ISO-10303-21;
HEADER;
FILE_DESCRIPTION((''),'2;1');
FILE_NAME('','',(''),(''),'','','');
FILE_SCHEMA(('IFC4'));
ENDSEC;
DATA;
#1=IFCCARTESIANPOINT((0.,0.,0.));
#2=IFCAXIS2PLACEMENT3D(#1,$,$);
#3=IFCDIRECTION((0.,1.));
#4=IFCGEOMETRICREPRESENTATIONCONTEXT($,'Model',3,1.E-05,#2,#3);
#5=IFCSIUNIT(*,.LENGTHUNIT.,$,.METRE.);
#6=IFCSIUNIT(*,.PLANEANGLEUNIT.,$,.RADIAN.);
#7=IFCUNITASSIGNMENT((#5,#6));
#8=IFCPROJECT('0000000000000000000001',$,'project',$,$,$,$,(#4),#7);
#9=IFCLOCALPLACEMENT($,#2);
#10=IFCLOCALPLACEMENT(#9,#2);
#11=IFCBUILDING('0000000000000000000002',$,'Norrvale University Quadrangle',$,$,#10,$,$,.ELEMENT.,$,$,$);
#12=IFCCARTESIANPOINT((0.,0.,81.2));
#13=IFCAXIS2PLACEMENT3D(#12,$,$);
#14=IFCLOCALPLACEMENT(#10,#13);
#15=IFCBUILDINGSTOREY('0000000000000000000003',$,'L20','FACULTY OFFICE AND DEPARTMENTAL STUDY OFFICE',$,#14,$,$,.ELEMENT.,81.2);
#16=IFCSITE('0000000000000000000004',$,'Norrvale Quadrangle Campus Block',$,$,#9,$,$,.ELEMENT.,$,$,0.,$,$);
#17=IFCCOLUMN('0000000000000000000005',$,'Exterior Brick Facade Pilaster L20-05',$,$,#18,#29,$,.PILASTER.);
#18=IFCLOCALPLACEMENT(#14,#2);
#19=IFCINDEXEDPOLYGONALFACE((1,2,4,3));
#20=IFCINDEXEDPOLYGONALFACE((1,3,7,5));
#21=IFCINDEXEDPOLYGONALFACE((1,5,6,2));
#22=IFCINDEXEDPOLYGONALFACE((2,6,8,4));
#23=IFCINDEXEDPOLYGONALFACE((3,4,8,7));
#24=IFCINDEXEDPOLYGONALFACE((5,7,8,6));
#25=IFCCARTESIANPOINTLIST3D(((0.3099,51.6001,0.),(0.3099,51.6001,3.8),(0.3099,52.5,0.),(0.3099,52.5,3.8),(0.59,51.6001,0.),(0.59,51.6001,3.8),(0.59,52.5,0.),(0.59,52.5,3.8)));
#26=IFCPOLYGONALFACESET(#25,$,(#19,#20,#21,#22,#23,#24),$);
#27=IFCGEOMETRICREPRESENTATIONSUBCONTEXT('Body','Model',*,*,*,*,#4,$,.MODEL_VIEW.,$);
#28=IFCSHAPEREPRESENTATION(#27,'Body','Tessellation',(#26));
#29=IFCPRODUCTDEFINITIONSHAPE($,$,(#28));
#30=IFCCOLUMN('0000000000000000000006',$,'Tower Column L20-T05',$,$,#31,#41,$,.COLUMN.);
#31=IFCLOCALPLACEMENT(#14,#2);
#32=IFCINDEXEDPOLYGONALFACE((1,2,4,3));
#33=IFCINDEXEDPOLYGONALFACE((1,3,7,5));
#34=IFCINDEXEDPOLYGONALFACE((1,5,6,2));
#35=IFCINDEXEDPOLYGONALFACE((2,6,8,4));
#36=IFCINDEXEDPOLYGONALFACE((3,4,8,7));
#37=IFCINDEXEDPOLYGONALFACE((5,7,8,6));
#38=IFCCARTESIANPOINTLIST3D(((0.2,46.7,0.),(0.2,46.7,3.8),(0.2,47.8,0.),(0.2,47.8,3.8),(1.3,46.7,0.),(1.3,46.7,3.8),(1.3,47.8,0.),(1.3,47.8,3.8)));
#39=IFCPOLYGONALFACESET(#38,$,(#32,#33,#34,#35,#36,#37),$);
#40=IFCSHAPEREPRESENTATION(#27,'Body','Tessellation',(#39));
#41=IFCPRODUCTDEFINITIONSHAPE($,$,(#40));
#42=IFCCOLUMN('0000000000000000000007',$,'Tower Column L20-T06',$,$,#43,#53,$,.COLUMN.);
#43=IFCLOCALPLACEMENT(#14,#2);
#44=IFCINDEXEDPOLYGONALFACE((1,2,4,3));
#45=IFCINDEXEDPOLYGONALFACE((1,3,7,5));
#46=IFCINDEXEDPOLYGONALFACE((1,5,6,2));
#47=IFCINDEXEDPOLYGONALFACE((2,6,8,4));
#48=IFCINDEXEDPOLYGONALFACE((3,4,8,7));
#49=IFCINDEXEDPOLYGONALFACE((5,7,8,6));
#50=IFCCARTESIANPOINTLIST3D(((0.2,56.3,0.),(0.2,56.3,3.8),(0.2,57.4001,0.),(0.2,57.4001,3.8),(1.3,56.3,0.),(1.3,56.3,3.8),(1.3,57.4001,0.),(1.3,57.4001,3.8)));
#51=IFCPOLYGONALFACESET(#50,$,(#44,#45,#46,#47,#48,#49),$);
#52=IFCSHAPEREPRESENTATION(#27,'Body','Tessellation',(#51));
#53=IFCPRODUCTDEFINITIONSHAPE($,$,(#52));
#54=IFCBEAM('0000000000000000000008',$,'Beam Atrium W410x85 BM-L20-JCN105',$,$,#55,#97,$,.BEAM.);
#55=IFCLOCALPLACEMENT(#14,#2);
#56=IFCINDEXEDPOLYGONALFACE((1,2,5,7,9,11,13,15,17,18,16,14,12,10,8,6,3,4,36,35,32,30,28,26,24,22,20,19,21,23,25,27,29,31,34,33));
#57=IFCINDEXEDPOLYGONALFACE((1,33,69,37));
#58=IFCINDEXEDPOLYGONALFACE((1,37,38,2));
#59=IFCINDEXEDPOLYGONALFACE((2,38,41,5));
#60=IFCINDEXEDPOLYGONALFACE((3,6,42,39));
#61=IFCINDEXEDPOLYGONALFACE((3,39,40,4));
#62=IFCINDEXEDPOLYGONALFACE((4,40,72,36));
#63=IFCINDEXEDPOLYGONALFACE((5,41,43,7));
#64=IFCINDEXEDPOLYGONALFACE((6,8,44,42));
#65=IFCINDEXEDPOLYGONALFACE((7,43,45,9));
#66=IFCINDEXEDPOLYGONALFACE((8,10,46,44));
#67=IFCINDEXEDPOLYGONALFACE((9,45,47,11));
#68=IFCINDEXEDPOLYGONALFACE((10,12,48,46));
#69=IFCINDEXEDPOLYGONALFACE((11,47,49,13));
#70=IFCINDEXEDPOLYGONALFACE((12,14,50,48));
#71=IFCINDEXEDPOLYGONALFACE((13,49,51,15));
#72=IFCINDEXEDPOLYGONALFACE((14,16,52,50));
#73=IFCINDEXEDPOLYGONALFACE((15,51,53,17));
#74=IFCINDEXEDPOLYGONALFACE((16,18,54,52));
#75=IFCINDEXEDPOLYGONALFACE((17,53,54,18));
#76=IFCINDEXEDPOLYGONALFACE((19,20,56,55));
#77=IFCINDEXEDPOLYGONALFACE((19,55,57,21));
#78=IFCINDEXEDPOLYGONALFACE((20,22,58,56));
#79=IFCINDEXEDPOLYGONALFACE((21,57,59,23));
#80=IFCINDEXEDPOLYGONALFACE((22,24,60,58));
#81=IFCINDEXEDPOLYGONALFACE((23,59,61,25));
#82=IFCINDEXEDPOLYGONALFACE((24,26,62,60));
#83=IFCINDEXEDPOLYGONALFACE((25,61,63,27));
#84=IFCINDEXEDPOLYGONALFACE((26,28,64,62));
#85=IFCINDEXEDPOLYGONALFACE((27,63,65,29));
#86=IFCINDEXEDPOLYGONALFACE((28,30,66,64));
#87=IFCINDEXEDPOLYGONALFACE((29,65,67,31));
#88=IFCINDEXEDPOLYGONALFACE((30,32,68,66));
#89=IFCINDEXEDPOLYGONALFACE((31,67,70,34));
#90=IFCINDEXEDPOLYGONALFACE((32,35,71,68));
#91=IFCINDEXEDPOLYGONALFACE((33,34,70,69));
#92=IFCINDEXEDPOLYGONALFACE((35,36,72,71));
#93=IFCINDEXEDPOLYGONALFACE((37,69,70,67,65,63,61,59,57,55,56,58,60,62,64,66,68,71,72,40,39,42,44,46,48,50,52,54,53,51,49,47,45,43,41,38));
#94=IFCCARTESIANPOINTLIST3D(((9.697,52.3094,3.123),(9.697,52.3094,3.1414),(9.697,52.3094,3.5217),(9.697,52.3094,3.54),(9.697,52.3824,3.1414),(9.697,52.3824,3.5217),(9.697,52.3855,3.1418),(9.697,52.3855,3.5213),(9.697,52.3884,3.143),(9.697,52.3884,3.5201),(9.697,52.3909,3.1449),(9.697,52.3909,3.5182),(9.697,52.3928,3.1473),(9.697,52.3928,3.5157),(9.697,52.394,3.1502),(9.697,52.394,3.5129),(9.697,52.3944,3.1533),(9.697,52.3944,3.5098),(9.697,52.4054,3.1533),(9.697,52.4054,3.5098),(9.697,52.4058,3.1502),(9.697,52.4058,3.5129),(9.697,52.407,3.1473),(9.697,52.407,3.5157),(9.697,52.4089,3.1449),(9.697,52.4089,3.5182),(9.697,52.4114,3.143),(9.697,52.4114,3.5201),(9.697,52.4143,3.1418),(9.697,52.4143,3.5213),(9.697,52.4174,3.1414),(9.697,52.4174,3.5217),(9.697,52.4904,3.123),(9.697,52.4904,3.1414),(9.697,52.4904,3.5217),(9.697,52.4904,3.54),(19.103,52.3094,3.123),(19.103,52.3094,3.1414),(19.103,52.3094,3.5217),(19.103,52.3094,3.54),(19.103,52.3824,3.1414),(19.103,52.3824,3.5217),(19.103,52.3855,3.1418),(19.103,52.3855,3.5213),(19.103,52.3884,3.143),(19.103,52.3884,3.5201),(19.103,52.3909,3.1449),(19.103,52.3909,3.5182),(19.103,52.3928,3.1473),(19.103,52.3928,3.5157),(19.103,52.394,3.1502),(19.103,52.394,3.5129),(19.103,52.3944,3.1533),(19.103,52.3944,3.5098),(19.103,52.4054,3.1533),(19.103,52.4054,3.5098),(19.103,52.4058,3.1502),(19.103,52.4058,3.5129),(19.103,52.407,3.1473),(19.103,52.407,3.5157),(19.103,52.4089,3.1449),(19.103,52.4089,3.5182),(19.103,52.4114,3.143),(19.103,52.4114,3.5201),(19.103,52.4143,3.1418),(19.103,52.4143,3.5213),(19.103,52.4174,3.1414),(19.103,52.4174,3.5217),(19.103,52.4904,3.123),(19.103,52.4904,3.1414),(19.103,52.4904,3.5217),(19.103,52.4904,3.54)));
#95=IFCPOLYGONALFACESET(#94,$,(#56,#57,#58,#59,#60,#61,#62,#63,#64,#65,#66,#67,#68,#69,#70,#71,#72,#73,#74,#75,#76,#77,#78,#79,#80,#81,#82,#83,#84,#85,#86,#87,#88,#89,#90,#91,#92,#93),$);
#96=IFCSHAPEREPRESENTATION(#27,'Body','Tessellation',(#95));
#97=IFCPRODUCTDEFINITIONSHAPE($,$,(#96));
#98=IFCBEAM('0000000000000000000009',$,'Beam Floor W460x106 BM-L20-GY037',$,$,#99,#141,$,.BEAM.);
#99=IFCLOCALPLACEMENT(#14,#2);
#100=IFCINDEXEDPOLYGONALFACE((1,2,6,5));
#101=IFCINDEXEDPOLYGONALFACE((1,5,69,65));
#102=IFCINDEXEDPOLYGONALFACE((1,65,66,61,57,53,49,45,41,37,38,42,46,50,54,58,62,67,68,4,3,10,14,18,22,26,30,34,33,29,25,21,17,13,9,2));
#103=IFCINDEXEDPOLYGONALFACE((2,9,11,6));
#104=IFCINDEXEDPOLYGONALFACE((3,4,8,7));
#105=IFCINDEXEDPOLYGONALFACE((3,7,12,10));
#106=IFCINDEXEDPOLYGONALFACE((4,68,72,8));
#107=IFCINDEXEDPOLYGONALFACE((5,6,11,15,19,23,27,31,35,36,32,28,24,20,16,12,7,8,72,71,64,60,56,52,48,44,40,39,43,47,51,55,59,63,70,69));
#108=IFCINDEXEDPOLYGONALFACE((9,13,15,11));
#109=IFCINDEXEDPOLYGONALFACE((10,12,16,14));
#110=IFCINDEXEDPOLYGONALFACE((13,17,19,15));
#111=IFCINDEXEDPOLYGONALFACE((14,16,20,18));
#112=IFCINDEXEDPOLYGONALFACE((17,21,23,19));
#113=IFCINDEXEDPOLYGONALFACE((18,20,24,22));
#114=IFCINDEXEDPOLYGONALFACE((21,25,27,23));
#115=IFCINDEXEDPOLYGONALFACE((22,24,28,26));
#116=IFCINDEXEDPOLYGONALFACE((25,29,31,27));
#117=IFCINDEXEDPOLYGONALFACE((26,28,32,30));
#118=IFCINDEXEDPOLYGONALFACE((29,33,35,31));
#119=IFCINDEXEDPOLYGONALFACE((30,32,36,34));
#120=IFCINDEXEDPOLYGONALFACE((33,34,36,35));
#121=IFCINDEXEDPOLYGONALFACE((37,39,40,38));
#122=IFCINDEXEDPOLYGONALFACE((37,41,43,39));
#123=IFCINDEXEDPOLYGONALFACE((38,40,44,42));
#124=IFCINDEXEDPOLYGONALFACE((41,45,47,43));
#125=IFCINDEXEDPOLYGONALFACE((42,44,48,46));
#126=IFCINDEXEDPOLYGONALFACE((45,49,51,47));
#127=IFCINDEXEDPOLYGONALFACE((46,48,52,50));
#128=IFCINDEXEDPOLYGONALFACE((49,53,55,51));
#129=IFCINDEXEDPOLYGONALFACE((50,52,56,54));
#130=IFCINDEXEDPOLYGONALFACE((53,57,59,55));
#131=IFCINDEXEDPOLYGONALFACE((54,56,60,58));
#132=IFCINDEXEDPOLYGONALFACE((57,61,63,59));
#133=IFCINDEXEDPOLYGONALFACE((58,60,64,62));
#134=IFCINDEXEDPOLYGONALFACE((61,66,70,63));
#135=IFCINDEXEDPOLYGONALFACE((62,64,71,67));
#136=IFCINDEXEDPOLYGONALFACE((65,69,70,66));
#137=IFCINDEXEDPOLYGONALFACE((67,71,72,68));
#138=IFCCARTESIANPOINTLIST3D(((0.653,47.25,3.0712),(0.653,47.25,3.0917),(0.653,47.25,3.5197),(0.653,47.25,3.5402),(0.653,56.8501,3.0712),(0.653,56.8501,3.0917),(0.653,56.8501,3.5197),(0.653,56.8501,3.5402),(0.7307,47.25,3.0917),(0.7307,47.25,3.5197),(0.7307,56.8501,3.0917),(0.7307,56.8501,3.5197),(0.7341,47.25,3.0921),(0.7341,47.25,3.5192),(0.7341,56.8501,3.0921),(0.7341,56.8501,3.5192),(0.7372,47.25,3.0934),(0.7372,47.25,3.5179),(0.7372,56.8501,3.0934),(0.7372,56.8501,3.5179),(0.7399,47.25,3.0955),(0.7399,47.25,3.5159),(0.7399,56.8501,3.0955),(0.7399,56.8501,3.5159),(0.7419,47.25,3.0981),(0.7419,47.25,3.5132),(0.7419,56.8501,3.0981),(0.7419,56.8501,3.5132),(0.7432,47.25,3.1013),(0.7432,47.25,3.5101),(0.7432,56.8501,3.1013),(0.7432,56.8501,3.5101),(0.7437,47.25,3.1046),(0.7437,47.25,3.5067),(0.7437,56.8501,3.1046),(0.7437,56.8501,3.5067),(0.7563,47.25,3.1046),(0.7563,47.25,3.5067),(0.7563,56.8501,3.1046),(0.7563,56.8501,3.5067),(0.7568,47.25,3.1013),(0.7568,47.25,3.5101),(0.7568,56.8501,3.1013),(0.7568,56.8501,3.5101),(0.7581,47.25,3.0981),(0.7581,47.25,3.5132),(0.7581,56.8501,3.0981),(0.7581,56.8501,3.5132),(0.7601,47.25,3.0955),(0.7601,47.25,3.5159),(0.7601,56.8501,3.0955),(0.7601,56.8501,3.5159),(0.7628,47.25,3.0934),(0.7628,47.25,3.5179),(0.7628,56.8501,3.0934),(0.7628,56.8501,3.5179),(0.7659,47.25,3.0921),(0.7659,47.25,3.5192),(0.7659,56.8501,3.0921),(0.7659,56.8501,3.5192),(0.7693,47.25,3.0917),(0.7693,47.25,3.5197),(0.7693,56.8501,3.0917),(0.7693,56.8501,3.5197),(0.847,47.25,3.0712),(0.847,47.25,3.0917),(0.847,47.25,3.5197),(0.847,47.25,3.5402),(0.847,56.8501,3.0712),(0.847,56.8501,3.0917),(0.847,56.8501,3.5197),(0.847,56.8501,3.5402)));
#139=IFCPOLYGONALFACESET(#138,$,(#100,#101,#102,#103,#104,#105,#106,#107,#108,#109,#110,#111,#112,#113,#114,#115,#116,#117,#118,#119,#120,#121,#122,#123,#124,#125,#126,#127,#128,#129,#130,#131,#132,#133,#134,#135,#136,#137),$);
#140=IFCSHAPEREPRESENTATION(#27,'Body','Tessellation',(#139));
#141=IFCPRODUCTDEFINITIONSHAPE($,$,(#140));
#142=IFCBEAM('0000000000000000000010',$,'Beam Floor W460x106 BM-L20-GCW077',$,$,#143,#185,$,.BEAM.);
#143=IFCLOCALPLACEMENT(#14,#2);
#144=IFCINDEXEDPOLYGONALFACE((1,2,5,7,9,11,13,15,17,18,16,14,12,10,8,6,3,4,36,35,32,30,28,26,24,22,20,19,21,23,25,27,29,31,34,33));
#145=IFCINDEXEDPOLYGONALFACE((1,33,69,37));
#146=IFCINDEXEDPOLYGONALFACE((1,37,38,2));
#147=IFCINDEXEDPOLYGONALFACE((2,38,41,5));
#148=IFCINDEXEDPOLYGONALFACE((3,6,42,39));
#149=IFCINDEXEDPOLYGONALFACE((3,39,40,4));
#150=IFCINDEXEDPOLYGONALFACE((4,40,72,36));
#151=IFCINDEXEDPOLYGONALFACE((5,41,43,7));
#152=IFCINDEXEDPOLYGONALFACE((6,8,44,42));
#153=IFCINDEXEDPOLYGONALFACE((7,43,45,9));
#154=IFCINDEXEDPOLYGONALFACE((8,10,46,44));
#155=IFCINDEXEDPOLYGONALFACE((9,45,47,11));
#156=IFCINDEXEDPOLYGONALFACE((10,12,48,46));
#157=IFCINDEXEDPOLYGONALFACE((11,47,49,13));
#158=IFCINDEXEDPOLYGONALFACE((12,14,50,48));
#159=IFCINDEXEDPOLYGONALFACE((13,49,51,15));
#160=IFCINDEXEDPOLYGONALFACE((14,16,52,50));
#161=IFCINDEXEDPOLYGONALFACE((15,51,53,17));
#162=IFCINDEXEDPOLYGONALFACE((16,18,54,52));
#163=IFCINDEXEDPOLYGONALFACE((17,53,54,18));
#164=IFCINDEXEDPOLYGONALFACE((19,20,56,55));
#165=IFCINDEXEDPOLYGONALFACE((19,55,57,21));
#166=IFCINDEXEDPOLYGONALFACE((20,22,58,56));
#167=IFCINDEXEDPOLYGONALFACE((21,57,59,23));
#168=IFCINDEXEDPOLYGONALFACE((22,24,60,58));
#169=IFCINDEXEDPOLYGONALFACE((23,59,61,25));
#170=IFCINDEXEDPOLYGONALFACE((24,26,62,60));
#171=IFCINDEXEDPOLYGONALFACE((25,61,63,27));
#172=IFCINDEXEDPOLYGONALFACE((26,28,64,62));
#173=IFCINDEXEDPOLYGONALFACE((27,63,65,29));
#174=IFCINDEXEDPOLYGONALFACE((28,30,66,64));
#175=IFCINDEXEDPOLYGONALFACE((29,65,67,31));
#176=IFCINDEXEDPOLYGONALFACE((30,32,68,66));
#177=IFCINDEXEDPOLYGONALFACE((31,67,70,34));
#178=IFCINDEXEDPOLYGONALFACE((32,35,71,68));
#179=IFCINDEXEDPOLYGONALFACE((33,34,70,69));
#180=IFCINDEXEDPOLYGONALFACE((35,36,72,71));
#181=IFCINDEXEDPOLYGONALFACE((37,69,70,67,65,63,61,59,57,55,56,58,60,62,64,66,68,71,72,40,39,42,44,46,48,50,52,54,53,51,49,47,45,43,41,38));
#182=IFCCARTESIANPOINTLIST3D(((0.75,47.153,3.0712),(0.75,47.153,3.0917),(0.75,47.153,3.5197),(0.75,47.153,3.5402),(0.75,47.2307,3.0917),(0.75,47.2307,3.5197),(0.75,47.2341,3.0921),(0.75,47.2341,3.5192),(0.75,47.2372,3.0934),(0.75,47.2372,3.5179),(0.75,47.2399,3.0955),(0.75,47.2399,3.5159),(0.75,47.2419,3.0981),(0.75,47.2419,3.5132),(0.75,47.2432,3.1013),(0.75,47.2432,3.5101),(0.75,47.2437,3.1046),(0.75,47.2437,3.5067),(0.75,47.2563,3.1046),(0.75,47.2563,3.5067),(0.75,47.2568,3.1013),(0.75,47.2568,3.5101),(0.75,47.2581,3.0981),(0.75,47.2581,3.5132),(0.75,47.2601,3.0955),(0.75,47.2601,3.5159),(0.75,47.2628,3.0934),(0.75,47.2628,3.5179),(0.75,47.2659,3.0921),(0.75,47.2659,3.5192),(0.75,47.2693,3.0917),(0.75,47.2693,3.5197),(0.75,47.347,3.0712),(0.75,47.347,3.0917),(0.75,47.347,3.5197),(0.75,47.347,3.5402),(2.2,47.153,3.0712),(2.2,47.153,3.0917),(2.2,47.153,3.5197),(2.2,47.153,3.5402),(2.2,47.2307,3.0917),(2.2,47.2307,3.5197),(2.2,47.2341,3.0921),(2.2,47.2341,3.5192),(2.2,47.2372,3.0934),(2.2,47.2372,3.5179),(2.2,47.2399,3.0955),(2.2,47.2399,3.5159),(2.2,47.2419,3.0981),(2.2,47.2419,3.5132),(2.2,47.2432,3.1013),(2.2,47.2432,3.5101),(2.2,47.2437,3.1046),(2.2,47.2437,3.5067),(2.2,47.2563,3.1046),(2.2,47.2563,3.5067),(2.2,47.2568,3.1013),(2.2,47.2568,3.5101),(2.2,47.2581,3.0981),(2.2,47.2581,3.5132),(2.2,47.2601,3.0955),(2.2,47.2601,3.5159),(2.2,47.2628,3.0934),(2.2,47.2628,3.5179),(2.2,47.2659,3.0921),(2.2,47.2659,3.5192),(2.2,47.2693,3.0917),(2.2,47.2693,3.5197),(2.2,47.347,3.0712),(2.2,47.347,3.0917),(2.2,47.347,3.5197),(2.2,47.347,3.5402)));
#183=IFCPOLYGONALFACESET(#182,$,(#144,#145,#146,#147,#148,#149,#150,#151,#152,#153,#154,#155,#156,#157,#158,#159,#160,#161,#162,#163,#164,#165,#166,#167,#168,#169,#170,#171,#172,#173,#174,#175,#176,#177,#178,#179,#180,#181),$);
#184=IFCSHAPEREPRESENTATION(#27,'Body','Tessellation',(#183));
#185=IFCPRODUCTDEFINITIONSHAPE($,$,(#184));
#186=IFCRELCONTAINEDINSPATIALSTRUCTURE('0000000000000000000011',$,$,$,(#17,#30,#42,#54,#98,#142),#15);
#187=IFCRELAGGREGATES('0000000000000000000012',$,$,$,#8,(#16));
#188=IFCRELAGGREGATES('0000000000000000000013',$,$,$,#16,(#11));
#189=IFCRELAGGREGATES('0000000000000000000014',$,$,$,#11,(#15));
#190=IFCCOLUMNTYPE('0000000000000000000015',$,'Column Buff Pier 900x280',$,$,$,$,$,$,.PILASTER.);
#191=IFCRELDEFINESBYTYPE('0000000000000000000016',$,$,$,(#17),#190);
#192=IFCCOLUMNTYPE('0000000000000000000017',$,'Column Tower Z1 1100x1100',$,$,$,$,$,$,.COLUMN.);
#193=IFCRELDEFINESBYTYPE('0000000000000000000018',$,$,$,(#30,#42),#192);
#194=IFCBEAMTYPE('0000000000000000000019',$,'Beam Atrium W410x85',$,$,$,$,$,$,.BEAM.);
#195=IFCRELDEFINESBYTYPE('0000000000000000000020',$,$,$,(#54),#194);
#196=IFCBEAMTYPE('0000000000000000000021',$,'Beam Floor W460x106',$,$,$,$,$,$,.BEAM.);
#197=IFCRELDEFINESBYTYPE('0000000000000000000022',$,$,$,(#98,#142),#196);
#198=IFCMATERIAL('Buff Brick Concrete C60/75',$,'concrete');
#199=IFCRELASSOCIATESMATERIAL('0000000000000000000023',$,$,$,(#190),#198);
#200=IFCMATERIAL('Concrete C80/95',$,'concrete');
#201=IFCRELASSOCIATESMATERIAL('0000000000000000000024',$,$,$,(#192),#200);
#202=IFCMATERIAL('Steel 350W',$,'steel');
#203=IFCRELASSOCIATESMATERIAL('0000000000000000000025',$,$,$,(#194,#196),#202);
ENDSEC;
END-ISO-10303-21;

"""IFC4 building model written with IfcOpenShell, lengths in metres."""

from ifc_helpers import new_model, si_unit, direction, frame, origin, origin_2d, place, context, subcontext, project, spatial, rectangle, i_section, extrude, material, material_profile, profile_set, type_object, element, save


model = new_model("IFC4")

# Units and contexts
model_context = context("Model", 3, precision=1e-05, world=origin(), true_north=direction((0.0, 1.0)))
body_context = subcontext(model_context, "Body", "Model", "MODEL_VIEW")
ifc_project = project(units=[si_unit("LENGTHUNIT", "METRE"), si_unit("PLANEANGLEUNIT", "RADIAN")], contexts=[model_context])

# Site, building, storey
site_placement = place(None, origin())
site = spatial("IfcSite", under=ifc_project, at=site_placement, Name="Norrvale Quadrangle Campus Block", CompositionType="ELEMENT", RefElevation=0.0)
building_placement = place(site_placement, origin())
building = spatial("IfcBuilding", under=site, at=building_placement, Name="Norrvale University Quadrangle", CompositionType="ELEMENT")
storey_placement = place(building_placement, frame((0.0, 0.0, 81.2)))
storey = spatial("IfcBuildingStorey", under=building, at=storey_placement, Name="L20", Description="FACULTY OFFICE AND DEPARTMENTAL STUDY OFFICE", CompositionType="ELEMENT", Elevation=81.2)

# Columns
ifc_material_1 = material(Name="Buff Brick Concrete C60/75", Category="concrete")
ifc_material_profile_1 = material_profile(ifc_material_1, rectangle(XDim=0.8999, YDim=0.28, at=origin_2d()), Name="Buff Brick Concrete C60/75")
ifc_profile_set_1 = profile_set([ifc_material_profile_1], Name="Buff Brick Concrete C60/75")
column_type_1 = type_object("IfcColumnType", Name="Column Buff Pier 900x280", PredefinedType="PILASTER", material=ifc_profile_set_1)
column_placement = place(storey_placement, frame((0.45, 52.05, 0.0), z_axis=(0.0, 0.0, 1.0), x_axis=(0.0, 1.0, 0.0)))
element("IfcColumn", 1, at=column_placement, inside=storey, type_object=column_type_1, Name="Exterior Brick Facade Pilaster L20-05", PredefinedType="PILASTER", context=body_context, shape_type="SweptSolid", body=[
    extrude(rectangle(XDim=0.8999, YDim=0.28, at=origin_2d()), origin(), (0.0, 0.0, 1.0), 3.8),
])
ifc_material_2 = material(Name="Concrete C80/95", Category="concrete")
ifc_material_profile_2 = material_profile(ifc_material_2, rectangle(XDim=1.1001, YDim=1.1001, at=origin_2d()), Name="Concrete C80/95")
ifc_profile_set_2 = profile_set([ifc_material_profile_2], Name="Concrete C80/95")
column_type_2 = type_object("IfcColumnType", Name="Column Tower Z1 1100x1100", PredefinedType="COLUMN", material=ifc_profile_set_2)
for number, where, z_axis, x_axis, name in (
    (2, (0.75, 47.25, 0.0), (0.0, 0.0, 1.0), (1.0, 0.0, 0.0), "Tower Column L20-T05"),
    (3, (0.75, 56.8501, 0.0), (0.0, 0.0, 1.0), (1.0, 0.0, 0.0), "Tower Column L20-T06"),
):
    element("IfcColumn", number, at=place(storey_placement, frame(where, z_axis=z_axis, x_axis=x_axis)), inside=storey, type_object=column_type_2, Name=name, PredefinedType="COLUMN", context=body_context, shape_type="SweptSolid", body=[
        extrude(rectangle(XDim=1.1001, YDim=1.1001, at=origin_2d()), origin(), (0.0, 0.0, 1.0), 3.8),
    ])

# Beams
ifc_material_3 = material(Name="Steel 350W", Category="steel")
ifc_material_profile_3 = material_profile(ifc_material_3, i_section(OverallWidth=0.1809, OverallDepth=0.417, WebThickness=0.011, FlangeThickness=0.0183, FilletRadius=0.012, at=origin_2d()), Name="Steel 350W")
ifc_profile_set_3 = profile_set([ifc_material_profile_3], Name="Steel 350W")
beam_type_1 = type_object("IfcBeamType", Name="Beam Atrium W410x85", PredefinedType="BEAM", material=ifc_profile_set_3)
beam_1_placement = place(storey_placement, frame((9.697, 52.3999, 3.3315), z_axis=(1.0, 0.0, 0.0), x_axis=(0.0, 1.0, 0.0)))
element("IfcBeam", 4, at=beam_1_placement, inside=storey, type_object=beam_type_1, Name="Beam Atrium W410x85 BM-L20-JCN105", PredefinedType="BEAM", context=body_context, shape_type="SweptSolid", body=[
    extrude(i_section(OverallWidth=0.1809, OverallDepth=0.417, WebThickness=0.011, FlangeThickness=0.0183, FilletRadius=0.012, at=origin_2d()), origin(), (0.0, 0.0, 1.0), 9.406),
])
ifc_material_profile_4 = material_profile(ifc_material_3, i_section(OverallWidth=0.1941, OverallDepth=0.469, WebThickness=0.0127, FlangeThickness=0.0205, FilletRadius=0.0129, at=origin_2d()), Name="Steel 350W")
ifc_profile_set_4 = profile_set([ifc_material_profile_4], Name="Steel 350W")
beam_type_2 = type_object("IfcBeamType", Name="Beam Floor W460x106", PredefinedType="BEAM", material=ifc_profile_set_4)
beam_2_placement = place(storey_placement, frame((0.75, 47.25, 3.3057), z_axis=(0.0, 1.0, 0.0), x_axis=(-1.0, 0.0, 0.0)))
element("IfcBeam", 5, at=beam_2_placement, inside=storey, type_object=beam_type_2, Name="Beam Floor W460x106 BM-L20-GY037", PredefinedType="BEAM", context=body_context, shape_type="SweptSolid", body=[
    extrude(i_section(OverallWidth=0.1941, OverallDepth=0.469, WebThickness=0.0127, FlangeThickness=0.0205, FilletRadius=0.0129, at=origin_2d()), origin(), (0.0, 0.0, 1.0), 9.6001),
])
beam_3_placement = place(storey_placement, frame((0.75, 47.25, 3.3057), z_axis=(1.0, 0.0, 0.0), x_axis=(0.0, 1.0, 0.0)))
element("IfcBeam", 6, at=beam_3_placement, inside=storey, type_object=beam_type_2, Name="Beam Floor W460x106 BM-L20-GCW077", PredefinedType="BEAM", context=body_context, shape_type="SweptSolid", body=[
    extrude(i_section(OverallWidth=0.1941, OverallDepth=0.469, WebThickness=0.0127, FlangeThickness=0.0205, FilletRadius=0.0129, at=origin_2d()), origin(), (0.0, 0.0, 1.0), 1.45),
])

save(model, "model.ifc")
